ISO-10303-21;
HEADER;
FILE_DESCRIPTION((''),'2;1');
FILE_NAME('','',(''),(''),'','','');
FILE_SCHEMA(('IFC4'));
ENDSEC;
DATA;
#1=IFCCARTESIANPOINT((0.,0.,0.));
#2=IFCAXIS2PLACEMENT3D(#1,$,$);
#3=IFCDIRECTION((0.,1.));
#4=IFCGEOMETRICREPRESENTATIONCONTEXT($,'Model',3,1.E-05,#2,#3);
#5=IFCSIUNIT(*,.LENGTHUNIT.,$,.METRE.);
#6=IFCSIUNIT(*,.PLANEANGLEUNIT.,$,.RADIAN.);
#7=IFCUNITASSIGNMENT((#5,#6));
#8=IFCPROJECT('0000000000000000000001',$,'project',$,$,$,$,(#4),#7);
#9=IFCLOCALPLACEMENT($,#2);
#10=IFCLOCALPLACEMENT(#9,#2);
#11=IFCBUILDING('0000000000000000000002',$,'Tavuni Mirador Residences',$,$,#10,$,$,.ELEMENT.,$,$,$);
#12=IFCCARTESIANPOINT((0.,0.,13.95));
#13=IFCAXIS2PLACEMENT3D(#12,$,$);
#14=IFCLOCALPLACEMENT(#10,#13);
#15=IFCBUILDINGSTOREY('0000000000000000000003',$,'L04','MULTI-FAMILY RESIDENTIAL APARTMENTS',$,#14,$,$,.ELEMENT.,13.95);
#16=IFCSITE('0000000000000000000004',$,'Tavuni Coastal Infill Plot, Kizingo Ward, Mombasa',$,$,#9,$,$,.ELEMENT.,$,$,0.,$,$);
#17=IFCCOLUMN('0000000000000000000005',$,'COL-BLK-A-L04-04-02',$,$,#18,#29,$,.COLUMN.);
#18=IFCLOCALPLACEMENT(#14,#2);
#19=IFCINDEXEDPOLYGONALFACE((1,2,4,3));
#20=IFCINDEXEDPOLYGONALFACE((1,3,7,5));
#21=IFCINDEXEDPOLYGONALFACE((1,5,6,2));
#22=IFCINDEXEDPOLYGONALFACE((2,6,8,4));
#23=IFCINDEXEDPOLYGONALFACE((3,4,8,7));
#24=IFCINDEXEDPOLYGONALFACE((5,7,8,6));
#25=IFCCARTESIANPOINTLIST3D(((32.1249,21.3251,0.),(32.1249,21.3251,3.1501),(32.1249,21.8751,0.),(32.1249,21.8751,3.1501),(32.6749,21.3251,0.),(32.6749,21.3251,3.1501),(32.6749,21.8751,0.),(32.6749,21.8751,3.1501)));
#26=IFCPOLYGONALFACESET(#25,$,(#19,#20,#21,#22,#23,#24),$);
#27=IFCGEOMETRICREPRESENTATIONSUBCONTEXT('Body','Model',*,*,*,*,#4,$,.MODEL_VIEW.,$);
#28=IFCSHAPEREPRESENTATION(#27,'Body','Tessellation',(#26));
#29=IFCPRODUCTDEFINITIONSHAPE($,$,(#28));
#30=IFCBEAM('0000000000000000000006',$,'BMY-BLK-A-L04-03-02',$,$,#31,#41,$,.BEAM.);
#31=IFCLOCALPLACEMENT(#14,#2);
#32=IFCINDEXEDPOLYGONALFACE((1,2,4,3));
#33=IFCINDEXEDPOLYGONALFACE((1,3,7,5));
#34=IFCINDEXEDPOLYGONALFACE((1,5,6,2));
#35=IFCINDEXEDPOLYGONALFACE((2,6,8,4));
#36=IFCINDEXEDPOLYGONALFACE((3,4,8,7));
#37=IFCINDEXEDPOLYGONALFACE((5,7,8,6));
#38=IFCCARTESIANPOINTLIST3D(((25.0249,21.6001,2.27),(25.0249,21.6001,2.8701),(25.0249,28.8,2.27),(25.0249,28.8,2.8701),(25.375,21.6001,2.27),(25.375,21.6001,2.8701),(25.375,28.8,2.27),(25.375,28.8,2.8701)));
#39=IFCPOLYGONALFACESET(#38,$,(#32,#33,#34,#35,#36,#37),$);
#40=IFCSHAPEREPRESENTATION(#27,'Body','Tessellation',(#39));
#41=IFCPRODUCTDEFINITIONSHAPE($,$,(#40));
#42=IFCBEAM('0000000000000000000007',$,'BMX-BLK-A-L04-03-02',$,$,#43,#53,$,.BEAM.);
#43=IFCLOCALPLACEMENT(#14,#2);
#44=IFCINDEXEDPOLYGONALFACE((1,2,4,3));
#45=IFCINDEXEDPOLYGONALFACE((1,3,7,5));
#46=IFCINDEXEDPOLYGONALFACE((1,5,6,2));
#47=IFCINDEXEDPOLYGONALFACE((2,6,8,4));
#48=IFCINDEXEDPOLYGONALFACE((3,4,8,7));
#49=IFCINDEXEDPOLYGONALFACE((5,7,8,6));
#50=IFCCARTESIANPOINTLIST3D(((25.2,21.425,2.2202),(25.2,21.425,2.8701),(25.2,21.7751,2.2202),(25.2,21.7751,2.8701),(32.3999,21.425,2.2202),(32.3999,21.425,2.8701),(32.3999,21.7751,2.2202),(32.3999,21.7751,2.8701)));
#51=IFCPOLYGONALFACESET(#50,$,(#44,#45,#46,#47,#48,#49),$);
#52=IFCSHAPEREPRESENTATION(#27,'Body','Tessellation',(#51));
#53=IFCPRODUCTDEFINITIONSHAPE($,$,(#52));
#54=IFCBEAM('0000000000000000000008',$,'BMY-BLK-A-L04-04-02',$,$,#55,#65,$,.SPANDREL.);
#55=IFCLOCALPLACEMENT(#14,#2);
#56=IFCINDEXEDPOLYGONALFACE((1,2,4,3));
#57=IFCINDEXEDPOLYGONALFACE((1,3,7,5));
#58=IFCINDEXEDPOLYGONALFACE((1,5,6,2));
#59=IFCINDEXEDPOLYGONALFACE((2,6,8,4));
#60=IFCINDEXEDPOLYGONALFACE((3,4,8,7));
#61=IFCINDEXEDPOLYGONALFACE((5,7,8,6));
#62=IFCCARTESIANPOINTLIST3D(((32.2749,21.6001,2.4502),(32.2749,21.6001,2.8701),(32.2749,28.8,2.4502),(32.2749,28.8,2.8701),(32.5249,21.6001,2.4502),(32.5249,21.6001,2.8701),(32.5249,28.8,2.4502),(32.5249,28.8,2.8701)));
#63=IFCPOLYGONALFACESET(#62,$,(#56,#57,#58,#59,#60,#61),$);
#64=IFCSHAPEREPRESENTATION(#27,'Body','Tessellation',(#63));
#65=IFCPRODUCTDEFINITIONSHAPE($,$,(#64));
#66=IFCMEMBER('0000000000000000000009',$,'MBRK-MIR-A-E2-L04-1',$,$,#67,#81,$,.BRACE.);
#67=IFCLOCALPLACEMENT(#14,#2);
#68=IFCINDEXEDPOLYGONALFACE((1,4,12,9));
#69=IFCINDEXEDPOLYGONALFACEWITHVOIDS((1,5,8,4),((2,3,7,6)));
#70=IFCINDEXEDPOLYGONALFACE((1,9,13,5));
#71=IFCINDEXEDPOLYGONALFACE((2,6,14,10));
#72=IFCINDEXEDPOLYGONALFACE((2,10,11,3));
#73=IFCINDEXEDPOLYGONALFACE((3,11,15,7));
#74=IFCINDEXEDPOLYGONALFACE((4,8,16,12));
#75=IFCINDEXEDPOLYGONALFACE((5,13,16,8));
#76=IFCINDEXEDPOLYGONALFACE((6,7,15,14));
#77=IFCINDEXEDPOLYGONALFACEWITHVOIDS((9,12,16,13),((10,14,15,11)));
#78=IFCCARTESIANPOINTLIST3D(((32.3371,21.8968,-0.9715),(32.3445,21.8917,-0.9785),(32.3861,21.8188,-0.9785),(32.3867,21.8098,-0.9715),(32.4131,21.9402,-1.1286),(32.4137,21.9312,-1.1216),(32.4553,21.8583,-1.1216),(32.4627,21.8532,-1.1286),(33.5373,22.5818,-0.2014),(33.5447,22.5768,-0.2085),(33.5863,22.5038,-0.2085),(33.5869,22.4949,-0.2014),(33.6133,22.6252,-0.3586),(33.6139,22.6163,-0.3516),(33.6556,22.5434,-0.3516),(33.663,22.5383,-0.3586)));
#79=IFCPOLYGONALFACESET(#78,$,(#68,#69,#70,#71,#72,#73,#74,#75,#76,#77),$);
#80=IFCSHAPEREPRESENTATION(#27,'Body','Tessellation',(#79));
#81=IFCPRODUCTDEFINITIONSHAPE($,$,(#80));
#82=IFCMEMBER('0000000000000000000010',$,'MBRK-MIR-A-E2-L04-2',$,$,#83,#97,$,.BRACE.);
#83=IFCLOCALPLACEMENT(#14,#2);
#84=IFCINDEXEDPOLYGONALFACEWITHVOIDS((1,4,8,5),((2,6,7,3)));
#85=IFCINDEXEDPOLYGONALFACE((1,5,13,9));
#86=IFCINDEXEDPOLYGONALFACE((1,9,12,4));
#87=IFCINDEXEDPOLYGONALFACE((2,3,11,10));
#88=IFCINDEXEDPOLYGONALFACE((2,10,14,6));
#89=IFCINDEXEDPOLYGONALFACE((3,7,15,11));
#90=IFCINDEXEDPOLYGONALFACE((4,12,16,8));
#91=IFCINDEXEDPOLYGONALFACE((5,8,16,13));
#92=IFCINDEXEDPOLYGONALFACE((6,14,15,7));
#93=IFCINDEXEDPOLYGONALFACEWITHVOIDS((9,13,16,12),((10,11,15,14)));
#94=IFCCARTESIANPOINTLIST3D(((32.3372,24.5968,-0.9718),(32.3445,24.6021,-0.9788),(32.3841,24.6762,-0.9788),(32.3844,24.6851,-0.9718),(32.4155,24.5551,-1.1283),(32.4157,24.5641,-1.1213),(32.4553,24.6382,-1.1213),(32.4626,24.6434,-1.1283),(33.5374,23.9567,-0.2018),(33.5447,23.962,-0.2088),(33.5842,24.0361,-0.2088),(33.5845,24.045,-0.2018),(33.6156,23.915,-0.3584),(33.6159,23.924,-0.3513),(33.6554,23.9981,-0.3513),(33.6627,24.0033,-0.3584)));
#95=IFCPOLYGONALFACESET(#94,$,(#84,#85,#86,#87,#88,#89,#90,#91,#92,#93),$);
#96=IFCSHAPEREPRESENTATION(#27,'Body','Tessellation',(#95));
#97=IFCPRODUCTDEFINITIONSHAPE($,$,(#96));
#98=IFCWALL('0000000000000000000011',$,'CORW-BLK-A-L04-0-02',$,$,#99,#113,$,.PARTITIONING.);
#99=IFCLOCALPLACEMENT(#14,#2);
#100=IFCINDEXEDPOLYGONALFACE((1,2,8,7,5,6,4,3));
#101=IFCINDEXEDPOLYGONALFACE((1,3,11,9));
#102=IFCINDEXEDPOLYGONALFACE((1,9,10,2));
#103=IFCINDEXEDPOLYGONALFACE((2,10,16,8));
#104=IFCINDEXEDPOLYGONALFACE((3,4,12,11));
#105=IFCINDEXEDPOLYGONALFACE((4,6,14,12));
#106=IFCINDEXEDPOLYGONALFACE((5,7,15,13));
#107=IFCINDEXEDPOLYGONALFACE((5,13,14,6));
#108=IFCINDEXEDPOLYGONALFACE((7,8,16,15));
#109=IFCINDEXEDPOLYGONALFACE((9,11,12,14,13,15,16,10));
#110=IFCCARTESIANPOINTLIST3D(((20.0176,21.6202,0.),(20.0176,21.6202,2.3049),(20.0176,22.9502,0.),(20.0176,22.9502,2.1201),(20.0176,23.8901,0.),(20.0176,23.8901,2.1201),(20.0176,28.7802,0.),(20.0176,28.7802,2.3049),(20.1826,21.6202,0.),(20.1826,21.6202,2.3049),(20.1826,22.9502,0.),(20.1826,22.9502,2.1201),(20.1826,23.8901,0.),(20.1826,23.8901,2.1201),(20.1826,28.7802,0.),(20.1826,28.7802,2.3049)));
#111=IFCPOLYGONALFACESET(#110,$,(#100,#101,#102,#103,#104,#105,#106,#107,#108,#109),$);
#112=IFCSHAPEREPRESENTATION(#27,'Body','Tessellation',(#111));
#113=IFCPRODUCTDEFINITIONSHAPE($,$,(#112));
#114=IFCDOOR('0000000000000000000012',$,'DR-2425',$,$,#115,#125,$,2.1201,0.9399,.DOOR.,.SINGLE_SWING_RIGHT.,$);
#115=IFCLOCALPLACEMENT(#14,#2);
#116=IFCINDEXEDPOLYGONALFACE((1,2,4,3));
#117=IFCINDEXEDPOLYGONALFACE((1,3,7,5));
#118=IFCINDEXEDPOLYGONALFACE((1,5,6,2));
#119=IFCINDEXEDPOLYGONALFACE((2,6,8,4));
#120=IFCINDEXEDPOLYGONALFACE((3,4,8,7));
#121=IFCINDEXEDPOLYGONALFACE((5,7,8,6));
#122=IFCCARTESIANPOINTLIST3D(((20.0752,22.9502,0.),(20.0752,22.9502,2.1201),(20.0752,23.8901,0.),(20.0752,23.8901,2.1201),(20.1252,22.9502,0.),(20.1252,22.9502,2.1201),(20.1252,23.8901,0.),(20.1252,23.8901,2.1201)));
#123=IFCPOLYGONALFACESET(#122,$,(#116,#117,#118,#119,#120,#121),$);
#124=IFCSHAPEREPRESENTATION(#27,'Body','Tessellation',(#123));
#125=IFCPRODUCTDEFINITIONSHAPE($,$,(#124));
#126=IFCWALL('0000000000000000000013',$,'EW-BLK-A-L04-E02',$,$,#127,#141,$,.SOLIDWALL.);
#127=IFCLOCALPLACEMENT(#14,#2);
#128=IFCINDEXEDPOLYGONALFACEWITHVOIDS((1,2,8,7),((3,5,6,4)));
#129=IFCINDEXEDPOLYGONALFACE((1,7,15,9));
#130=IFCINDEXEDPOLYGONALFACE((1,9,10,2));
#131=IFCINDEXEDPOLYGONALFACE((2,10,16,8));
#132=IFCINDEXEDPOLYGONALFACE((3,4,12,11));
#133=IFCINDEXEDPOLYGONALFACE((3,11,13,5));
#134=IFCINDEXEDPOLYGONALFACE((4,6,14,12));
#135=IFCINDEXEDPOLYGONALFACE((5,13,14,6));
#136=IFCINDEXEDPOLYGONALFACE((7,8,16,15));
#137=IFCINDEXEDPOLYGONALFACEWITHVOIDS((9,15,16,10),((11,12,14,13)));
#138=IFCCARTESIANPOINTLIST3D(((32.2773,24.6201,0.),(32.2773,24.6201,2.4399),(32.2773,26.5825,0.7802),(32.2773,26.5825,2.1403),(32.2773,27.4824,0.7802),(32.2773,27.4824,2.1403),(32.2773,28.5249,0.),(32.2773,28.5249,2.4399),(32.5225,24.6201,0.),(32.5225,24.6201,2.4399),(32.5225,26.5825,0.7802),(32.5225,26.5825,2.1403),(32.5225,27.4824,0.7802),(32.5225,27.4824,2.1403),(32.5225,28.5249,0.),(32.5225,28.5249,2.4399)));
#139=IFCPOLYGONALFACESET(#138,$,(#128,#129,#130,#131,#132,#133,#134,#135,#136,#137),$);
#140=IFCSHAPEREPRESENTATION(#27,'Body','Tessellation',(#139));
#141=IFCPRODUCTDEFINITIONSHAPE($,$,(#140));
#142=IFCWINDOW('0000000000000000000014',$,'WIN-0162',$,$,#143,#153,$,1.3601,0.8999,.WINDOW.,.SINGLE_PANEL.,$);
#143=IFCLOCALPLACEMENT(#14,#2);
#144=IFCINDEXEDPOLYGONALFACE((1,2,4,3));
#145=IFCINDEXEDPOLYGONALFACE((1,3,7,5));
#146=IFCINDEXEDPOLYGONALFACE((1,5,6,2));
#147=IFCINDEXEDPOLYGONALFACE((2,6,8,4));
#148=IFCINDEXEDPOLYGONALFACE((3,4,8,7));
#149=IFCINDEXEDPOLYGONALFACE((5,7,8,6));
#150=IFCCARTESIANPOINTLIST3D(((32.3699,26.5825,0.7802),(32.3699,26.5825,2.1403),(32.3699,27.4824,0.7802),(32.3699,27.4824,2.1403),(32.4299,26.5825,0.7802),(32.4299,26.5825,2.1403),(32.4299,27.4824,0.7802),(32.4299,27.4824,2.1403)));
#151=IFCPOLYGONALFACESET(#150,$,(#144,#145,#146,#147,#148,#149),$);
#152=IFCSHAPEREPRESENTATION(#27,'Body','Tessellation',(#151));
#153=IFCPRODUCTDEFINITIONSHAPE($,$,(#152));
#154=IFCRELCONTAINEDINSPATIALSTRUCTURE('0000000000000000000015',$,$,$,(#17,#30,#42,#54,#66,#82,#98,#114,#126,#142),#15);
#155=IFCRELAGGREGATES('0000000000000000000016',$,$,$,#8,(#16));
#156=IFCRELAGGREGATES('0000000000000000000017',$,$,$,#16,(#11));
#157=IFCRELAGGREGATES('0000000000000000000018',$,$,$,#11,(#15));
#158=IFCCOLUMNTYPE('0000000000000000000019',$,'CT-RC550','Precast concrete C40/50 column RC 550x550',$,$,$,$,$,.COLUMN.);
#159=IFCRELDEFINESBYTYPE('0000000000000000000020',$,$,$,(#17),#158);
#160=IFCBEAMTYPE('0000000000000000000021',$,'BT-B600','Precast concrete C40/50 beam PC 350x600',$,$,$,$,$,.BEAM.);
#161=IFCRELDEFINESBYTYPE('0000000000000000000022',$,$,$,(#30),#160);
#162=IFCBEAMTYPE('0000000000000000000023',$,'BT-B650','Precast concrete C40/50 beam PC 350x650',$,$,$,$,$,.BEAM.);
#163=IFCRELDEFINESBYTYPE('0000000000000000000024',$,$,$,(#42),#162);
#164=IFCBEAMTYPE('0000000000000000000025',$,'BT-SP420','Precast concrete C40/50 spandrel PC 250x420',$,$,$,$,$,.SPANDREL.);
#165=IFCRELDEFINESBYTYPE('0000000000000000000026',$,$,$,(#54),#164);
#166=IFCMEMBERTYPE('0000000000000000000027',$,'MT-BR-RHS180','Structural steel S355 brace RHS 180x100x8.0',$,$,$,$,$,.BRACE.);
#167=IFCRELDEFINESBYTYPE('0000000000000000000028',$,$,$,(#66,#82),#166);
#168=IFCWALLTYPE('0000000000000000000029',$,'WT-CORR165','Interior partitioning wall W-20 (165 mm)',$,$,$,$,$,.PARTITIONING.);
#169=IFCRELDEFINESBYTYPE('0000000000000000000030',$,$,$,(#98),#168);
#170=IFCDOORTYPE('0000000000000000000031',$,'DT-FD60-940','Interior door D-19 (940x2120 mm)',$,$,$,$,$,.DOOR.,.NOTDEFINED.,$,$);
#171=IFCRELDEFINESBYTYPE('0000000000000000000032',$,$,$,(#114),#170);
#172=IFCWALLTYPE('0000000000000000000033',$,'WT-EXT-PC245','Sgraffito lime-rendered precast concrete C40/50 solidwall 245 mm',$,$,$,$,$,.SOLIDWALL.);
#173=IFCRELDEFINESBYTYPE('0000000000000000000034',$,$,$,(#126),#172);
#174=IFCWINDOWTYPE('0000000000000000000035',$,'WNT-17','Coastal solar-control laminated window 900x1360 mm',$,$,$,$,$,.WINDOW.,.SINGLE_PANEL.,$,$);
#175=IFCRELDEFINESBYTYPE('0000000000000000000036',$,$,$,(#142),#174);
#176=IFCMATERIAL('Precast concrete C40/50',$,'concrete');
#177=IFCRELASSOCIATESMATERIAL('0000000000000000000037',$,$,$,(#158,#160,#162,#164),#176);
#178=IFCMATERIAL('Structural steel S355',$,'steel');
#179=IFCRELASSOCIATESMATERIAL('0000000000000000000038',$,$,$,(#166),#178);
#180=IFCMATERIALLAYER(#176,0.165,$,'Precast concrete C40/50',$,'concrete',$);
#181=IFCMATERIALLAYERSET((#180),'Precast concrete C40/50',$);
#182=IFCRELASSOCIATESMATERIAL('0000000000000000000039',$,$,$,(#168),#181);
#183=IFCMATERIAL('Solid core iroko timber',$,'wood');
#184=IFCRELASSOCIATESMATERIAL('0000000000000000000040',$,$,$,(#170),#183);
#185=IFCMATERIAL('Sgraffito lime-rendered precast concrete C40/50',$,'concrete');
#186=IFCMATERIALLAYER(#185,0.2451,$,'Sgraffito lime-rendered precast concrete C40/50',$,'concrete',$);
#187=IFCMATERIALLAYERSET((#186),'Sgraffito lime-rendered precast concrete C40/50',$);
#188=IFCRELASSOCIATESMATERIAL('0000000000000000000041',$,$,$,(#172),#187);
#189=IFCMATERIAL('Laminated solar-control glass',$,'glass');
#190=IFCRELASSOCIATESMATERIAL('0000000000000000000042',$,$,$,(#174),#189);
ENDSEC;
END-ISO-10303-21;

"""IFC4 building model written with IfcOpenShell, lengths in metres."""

from ifc_helpers import new_model, si_unit, direction, frame, frame_2d, origin, origin_2d, place, context, subcontext, project, spatial, rectangle, hollow_rectangle, extrude, material, layer, layer_set, material_profile, profile_set, type_object, element, fill, save


model = new_model("IFC4")

# Units and contexts
model_context = context("Model", 3, precision=1e-05, world=origin(), true_north=direction((0.0, 1.0)))
body_context = subcontext(model_context, "Body", "Model", "MODEL_VIEW")
ifc_project = project(units=[si_unit("LENGTHUNIT", "METRE"), si_unit("PLANEANGLEUNIT", "RADIAN")], contexts=[model_context])

# Site, building, storey
site_placement = place(None, origin())
site = spatial("IfcSite", under=ifc_project, at=site_placement, Name="Tavuni Coastal Infill Plot, Kizingo Ward, Mombasa", CompositionType="ELEMENT", RefElevation=0.0)
building_placement = place(site_placement, origin())
building = spatial("IfcBuilding", under=site, at=building_placement, Name="Tavuni Mirador Residences", CompositionType="ELEMENT")
storey_placement = place(building_placement, frame((0.0, 0.0, 13.95)))
storey = spatial("IfcBuildingStorey", under=building, at=storey_placement, Name="L04", Description="MULTI-FAMILY RESIDENTIAL APARTMENTS", CompositionType="ELEMENT", Elevation=13.95)

# Column
ifc_material_1 = material(Name="Precast concrete C40/50", Category="concrete")
ifc_material_profile_1 = material_profile(ifc_material_1, rectangle(XDim=0.55, YDim=0.55, at=origin_2d()), Name="RC 550x550", Category="concrete")
ifc_profile_set_1 = profile_set([ifc_material_profile_1], Name="Precast concrete C40/50")
column_type = type_object("IfcColumnType", Name="CT-RC550", Description="Precast concrete C40/50 column RC 550x550", PredefinedType="COLUMN", material=ifc_profile_set_1)
column_placement = place(storey_placement, frame((32.3999, 21.6001, 0.0), z_axis=(0.0, 0.0, 1.0), x_axis=(1.0, 0.0, 0.0)))
element("IfcColumn", 1, at=column_placement, inside=storey, type_object=column_type, Name="COL-BLK-A-L04-04-02", PredefinedType="COLUMN", context=body_context, shape_type="SweptSolid", body=[
    extrude(rectangle(XDim=0.55, YDim=0.55, at=origin_2d()), origin(), (0.0, 0.0, 1.0), 3.1501),
])

# Beams
ifc_material_profile_2 = material_profile(ifc_material_1, rectangle(XDim=0.3501, YDim=0.6001, at=origin_2d()), Name="PC 350x600", Category="concrete")
ifc_profile_set_2 = profile_set([ifc_material_profile_2], Name="Precast concrete C40/50")
beam_type_1 = type_object("IfcBeamType", Name="BT-B600", Description="Precast concrete C40/50 beam PC 350x600", PredefinedType="BEAM", material=ifc_profile_set_2)
beam_1_placement = place(storey_placement, frame((25.2, 21.6001, 2.5701), z_axis=(0.0, 1.0, 0.0), x_axis=(-1.0, 0.0, 0.0)))
element("IfcBeam", 2, at=beam_1_placement, inside=storey, type_object=beam_type_1, Name="BMY-BLK-A-L04-03-02", PredefinedType="BEAM", context=body_context, shape_type="SweptSolid", body=[
    extrude(rectangle(XDim=0.3501, YDim=0.6001, at=origin_2d()), origin(), (0.0, 0.0, 1.0), 7.2),
])
ifc_material_profile_3 = material_profile(ifc_material_1, rectangle(XDim=0.3501, YDim=0.6499, at=origin_2d()), Name="PC 350x650", Category="concrete")
ifc_profile_set_3 = profile_set([ifc_material_profile_3], Name="Precast concrete C40/50")
beam_type_2 = type_object("IfcBeamType", Name="BT-B650", Description="Precast concrete C40/50 beam PC 350x650", PredefinedType="BEAM", material=ifc_profile_set_3)
beam_2_placement = place(storey_placement, frame((25.2, 21.6001, 2.5452), z_axis=(1.0, 0.0, 0.0), x_axis=(0.0, 1.0, 0.0)))
element("IfcBeam", 3, at=beam_2_placement, inside=storey, type_object=beam_type_2, Name="BMX-BLK-A-L04-03-02", PredefinedType="BEAM", context=body_context, shape_type="SweptSolid", body=[
    extrude(rectangle(XDim=0.3501, YDim=0.6499, at=origin_2d()), origin(), (0.0, 0.0, 1.0), 7.2),
])
ifc_material_profile_4 = material_profile(ifc_material_1, rectangle(XDim=0.25, YDim=0.4199, at=origin_2d()), Name="PC 250x420", Category="concrete")
ifc_profile_set_4 = profile_set([ifc_material_profile_4], Name="Precast concrete C40/50")
beam_type_3 = type_object("IfcBeamType", Name="BT-SP420", Description="Precast concrete C40/50 spandrel PC 250x420", PredefinedType="SPANDREL", material=ifc_profile_set_4)
beam_3_placement = place(storey_placement, frame((32.3999, 21.6001, 2.6602), z_axis=(0.0, 1.0, 0.0), x_axis=(-1.0, 0.0, 0.0)))
element("IfcBeam", 4, at=beam_3_placement, inside=storey, type_object=beam_type_3, Name="BMY-BLK-A-L04-04-02", PredefinedType="SPANDREL", context=body_context, shape_type="SweptSolid", body=[
    extrude(rectangle(XDim=0.25, YDim=0.4199, at=origin_2d()), origin(), (0.0, 0.0, 1.0), 7.2),
])

# Members
ifc_material_2 = material(Name="Structural steel S355", Category="steel")
ifc_material_profile_5 = material_profile(ifc_material_2, hollow_rectangle(XDim=0.1001, YDim=0.1799, WallThickness=0.0081, at=origin_2d()), Name="RHS 180x100x8.0", Category="steel")
ifc_profile_set_5 = profile_set([ifc_material_profile_5], Name="Structural steel S355")
member_type = type_object("IfcMemberType", Name="MT-BR-RHS180", Description="Structural steel S355 brace RHS 180x100x8.0", PredefinedType="BRACE", material=ifc_profile_set_5)
member_1_placement = place(storey_placement, frame((32.3999, 21.875, -1.05), z_axis=(0.75866, 0.433035, 0.48674), x_axis=(-0.49572, 0.868482, 0.0)))
element("IfcMember", 5, at=member_1_placement, inside=storey, type_object=member_type, Name="MBRK-MIR-A-E2-L04-1", PredefinedType="BRACE", context=body_context, shape_type="SweptSolid", body=[
    extrude(hollow_rectangle(XDim=0.1001, YDim=0.1799, WallThickness=0.0081, at=origin_2d()), origin(), (0.0, 0.0, 1.0), 1.582),
])
member_2_placement = place(storey_placement, frame((32.3999, 24.6201, -1.05), z_axis=(0.767847, -0.409539, 0.492634), x_axis=(0.470607, 0.882343, 0.0)))
element("IfcMember", 6, at=member_2_placement, inside=storey, type_object=member_type, Name="MBRK-MIR-A-E2-L04-2", PredefinedType="BRACE", context=body_context, shape_type="SweptSolid", body=[
    extrude(hollow_rectangle(XDim=0.1001, YDim=0.1799, WallThickness=0.0081, at=origin_2d()), origin(), (0.0, 0.0, 1.0), 1.563),
])

# Wall, opening, door
ifc_layer_1 = layer(ifc_material_1, 0.165, Name="Precast concrete C40/50", Category="concrete")
ifc_layer_set_1 = layer_set([ifc_layer_1], Name="Precast concrete C40/50")
wall_type_1 = type_object("IfcWallType", Name="WT-CORR165", Description="Interior partitioning wall W-20 (165 mm)", PredefinedType="PARTITIONING", material=ifc_layer_set_1)
wall_1_placement = place(storey_placement, frame((20.1001, 21.6201, 0.0), z_axis=(0.0, 0.0, 1.0), x_axis=(0.0, 1.0, 0.0)))
wall_1 = element("IfcWall", 7, at=wall_1_placement, inside=storey, type_object=wall_type_1, Name="CORW-BLK-A-L04-0-02", PredefinedType="PARTITIONING", context=body_context, shape_type="SweptSolid", body=[
    extrude(rectangle(XDim=7.1599, YDim=0.165, at=frame_2d((3.5801, 0.0))), origin(), (0.0, 0.0, 1.0), 2.3049),
])
opening_1_placement = place(wall_1_placement, frame((1.3301, 0.0, 0.0)))
opening_1 = element("IfcOpeningElement", 8, at=opening_1_placement, cuts=wall_1, PredefinedType="OPENING", context=body_context, shape_type="SweptSolid", body=[
    extrude(rectangle(XDim=0.9399, YDim=2.1201, at=frame_2d((0.47, 1.0601))), frame((0.0, 0.0925, 0.0), z_axis=(0.0, -1.0, 0.0), x_axis=(1.0, 0.0, 0.0)), (0.0, 0.0, 1.0), 0.1851),
])
ifc_material_3 = material(Name="Solid core iroko timber", Category="wood")
door_type_1 = type_object("IfcDoorType", Name="DT-FD60-940", Description="Interior door D-19 (940x2120 mm)", OperationType="NOTDEFINED", PredefinedType="DOOR", material=ifc_material_3)
door_1_placement = place(opening_1_placement, origin())
door_1 = element("IfcDoor", 9, at=door_1_placement, inside=storey, type_object=door_type_1, Name="DR-2425", OperationType="SINGLE_SWING_RIGHT", OverallHeight=2.1201, OverallWidth=0.9399, PredefinedType="DOOR", context=body_context, shape_type="SweptSolid", body=[
    extrude(rectangle(XDim=0.9399, YDim=2.1201, at=frame_2d((0.47, 1.0601))), frame((0.0, 0.0249, 0.0), z_axis=(0.0, -1.0, 0.0), x_axis=(1.0, 0.0, 0.0)), (0.0, 0.0, 1.0), 0.05),
])
fill(opening_1, door_1)

# Wall, opening, window
ifc_material_4 = material(Name="Sgraffito lime-rendered precast concrete C40/50", Category="concrete")
ifc_layer_2 = layer(ifc_material_4, 0.2451, Name="Sgraffito lime-rendered precast concrete C40/50", Category="concrete")
ifc_layer_set_2 = layer_set([ifc_layer_2], Name="Sgraffito lime-rendered precast concrete C40/50")
wall_type_2 = type_object("IfcWallType", Name="WT-EXT-PC245", Description="Sgraffito lime-rendered precast concrete C40/50 solidwall 245 mm", PredefinedType="SOLIDWALL", material=ifc_layer_set_2)
wall_2_placement = place(storey_placement, frame((32.3999, 24.6201, 0.0), z_axis=(0.0, 0.0, 1.0), x_axis=(0.0, 1.0, 0.0)))
wall_2 = element("IfcWall", 10, at=wall_2_placement, inside=storey, type_object=wall_type_2, Name="EW-BLK-A-L04-E02", PredefinedType="SOLIDWALL", context=body_context, shape_type="SweptSolid", body=[
    extrude(rectangle(XDim=3.9048, YDim=0.2451, at=frame_2d((1.9524, 0.0))), origin(), (0.0, 0.0, 1.0), 2.4399),
])
opening_2_placement = place(wall_2_placement, frame((1.9624, 0.0, 0.78)))
opening_2 = element("IfcOpeningElement", 11, at=opening_2_placement, cuts=wall_2, PredefinedType="OPENING", context=body_context, shape_type="SweptSolid", body=[
    extrude(rectangle(XDim=0.8999, YDim=1.3601, at=frame_2d((0.45, 0.6802))), frame((0.0, 0.1326, 0.0), z_axis=(0.0, -1.0, 0.0), x_axis=(1.0, 0.0, 0.0)), (0.0, 0.0, 1.0), 0.2651),
])
ifc_material_5 = material(Name="Laminated solar-control glass", Category="glass")
window_type = type_object("IfcWindowType", Name="WNT-17", Description="Coastal solar-control laminated window 900x1360 mm", PartitioningType="SINGLE_PANEL", PredefinedType="WINDOW", material=ifc_material_5)
window_placement = place(opening_2_placement, origin())
window = element("IfcWindow", 12, at=window_placement, inside=storey, type_object=window_type, Name="WIN-0162", OverallHeight=1.3601, OverallWidth=0.8999, PartitioningType="SINGLE_PANEL", PredefinedType="WINDOW", context=body_context, shape_type="SweptSolid", body=[
    extrude(rectangle(XDim=0.8999, YDim=1.3601, at=frame_2d((0.45, 0.6802))), frame((0.0, 0.03, 0.0), z_axis=(0.0, -1.0, 0.0), x_axis=(1.0, 0.0, 0.0)), (0.0, 0.0, 1.0), 0.0601),
])
fill(opening_2, window)

save(model, "model.ifc")
